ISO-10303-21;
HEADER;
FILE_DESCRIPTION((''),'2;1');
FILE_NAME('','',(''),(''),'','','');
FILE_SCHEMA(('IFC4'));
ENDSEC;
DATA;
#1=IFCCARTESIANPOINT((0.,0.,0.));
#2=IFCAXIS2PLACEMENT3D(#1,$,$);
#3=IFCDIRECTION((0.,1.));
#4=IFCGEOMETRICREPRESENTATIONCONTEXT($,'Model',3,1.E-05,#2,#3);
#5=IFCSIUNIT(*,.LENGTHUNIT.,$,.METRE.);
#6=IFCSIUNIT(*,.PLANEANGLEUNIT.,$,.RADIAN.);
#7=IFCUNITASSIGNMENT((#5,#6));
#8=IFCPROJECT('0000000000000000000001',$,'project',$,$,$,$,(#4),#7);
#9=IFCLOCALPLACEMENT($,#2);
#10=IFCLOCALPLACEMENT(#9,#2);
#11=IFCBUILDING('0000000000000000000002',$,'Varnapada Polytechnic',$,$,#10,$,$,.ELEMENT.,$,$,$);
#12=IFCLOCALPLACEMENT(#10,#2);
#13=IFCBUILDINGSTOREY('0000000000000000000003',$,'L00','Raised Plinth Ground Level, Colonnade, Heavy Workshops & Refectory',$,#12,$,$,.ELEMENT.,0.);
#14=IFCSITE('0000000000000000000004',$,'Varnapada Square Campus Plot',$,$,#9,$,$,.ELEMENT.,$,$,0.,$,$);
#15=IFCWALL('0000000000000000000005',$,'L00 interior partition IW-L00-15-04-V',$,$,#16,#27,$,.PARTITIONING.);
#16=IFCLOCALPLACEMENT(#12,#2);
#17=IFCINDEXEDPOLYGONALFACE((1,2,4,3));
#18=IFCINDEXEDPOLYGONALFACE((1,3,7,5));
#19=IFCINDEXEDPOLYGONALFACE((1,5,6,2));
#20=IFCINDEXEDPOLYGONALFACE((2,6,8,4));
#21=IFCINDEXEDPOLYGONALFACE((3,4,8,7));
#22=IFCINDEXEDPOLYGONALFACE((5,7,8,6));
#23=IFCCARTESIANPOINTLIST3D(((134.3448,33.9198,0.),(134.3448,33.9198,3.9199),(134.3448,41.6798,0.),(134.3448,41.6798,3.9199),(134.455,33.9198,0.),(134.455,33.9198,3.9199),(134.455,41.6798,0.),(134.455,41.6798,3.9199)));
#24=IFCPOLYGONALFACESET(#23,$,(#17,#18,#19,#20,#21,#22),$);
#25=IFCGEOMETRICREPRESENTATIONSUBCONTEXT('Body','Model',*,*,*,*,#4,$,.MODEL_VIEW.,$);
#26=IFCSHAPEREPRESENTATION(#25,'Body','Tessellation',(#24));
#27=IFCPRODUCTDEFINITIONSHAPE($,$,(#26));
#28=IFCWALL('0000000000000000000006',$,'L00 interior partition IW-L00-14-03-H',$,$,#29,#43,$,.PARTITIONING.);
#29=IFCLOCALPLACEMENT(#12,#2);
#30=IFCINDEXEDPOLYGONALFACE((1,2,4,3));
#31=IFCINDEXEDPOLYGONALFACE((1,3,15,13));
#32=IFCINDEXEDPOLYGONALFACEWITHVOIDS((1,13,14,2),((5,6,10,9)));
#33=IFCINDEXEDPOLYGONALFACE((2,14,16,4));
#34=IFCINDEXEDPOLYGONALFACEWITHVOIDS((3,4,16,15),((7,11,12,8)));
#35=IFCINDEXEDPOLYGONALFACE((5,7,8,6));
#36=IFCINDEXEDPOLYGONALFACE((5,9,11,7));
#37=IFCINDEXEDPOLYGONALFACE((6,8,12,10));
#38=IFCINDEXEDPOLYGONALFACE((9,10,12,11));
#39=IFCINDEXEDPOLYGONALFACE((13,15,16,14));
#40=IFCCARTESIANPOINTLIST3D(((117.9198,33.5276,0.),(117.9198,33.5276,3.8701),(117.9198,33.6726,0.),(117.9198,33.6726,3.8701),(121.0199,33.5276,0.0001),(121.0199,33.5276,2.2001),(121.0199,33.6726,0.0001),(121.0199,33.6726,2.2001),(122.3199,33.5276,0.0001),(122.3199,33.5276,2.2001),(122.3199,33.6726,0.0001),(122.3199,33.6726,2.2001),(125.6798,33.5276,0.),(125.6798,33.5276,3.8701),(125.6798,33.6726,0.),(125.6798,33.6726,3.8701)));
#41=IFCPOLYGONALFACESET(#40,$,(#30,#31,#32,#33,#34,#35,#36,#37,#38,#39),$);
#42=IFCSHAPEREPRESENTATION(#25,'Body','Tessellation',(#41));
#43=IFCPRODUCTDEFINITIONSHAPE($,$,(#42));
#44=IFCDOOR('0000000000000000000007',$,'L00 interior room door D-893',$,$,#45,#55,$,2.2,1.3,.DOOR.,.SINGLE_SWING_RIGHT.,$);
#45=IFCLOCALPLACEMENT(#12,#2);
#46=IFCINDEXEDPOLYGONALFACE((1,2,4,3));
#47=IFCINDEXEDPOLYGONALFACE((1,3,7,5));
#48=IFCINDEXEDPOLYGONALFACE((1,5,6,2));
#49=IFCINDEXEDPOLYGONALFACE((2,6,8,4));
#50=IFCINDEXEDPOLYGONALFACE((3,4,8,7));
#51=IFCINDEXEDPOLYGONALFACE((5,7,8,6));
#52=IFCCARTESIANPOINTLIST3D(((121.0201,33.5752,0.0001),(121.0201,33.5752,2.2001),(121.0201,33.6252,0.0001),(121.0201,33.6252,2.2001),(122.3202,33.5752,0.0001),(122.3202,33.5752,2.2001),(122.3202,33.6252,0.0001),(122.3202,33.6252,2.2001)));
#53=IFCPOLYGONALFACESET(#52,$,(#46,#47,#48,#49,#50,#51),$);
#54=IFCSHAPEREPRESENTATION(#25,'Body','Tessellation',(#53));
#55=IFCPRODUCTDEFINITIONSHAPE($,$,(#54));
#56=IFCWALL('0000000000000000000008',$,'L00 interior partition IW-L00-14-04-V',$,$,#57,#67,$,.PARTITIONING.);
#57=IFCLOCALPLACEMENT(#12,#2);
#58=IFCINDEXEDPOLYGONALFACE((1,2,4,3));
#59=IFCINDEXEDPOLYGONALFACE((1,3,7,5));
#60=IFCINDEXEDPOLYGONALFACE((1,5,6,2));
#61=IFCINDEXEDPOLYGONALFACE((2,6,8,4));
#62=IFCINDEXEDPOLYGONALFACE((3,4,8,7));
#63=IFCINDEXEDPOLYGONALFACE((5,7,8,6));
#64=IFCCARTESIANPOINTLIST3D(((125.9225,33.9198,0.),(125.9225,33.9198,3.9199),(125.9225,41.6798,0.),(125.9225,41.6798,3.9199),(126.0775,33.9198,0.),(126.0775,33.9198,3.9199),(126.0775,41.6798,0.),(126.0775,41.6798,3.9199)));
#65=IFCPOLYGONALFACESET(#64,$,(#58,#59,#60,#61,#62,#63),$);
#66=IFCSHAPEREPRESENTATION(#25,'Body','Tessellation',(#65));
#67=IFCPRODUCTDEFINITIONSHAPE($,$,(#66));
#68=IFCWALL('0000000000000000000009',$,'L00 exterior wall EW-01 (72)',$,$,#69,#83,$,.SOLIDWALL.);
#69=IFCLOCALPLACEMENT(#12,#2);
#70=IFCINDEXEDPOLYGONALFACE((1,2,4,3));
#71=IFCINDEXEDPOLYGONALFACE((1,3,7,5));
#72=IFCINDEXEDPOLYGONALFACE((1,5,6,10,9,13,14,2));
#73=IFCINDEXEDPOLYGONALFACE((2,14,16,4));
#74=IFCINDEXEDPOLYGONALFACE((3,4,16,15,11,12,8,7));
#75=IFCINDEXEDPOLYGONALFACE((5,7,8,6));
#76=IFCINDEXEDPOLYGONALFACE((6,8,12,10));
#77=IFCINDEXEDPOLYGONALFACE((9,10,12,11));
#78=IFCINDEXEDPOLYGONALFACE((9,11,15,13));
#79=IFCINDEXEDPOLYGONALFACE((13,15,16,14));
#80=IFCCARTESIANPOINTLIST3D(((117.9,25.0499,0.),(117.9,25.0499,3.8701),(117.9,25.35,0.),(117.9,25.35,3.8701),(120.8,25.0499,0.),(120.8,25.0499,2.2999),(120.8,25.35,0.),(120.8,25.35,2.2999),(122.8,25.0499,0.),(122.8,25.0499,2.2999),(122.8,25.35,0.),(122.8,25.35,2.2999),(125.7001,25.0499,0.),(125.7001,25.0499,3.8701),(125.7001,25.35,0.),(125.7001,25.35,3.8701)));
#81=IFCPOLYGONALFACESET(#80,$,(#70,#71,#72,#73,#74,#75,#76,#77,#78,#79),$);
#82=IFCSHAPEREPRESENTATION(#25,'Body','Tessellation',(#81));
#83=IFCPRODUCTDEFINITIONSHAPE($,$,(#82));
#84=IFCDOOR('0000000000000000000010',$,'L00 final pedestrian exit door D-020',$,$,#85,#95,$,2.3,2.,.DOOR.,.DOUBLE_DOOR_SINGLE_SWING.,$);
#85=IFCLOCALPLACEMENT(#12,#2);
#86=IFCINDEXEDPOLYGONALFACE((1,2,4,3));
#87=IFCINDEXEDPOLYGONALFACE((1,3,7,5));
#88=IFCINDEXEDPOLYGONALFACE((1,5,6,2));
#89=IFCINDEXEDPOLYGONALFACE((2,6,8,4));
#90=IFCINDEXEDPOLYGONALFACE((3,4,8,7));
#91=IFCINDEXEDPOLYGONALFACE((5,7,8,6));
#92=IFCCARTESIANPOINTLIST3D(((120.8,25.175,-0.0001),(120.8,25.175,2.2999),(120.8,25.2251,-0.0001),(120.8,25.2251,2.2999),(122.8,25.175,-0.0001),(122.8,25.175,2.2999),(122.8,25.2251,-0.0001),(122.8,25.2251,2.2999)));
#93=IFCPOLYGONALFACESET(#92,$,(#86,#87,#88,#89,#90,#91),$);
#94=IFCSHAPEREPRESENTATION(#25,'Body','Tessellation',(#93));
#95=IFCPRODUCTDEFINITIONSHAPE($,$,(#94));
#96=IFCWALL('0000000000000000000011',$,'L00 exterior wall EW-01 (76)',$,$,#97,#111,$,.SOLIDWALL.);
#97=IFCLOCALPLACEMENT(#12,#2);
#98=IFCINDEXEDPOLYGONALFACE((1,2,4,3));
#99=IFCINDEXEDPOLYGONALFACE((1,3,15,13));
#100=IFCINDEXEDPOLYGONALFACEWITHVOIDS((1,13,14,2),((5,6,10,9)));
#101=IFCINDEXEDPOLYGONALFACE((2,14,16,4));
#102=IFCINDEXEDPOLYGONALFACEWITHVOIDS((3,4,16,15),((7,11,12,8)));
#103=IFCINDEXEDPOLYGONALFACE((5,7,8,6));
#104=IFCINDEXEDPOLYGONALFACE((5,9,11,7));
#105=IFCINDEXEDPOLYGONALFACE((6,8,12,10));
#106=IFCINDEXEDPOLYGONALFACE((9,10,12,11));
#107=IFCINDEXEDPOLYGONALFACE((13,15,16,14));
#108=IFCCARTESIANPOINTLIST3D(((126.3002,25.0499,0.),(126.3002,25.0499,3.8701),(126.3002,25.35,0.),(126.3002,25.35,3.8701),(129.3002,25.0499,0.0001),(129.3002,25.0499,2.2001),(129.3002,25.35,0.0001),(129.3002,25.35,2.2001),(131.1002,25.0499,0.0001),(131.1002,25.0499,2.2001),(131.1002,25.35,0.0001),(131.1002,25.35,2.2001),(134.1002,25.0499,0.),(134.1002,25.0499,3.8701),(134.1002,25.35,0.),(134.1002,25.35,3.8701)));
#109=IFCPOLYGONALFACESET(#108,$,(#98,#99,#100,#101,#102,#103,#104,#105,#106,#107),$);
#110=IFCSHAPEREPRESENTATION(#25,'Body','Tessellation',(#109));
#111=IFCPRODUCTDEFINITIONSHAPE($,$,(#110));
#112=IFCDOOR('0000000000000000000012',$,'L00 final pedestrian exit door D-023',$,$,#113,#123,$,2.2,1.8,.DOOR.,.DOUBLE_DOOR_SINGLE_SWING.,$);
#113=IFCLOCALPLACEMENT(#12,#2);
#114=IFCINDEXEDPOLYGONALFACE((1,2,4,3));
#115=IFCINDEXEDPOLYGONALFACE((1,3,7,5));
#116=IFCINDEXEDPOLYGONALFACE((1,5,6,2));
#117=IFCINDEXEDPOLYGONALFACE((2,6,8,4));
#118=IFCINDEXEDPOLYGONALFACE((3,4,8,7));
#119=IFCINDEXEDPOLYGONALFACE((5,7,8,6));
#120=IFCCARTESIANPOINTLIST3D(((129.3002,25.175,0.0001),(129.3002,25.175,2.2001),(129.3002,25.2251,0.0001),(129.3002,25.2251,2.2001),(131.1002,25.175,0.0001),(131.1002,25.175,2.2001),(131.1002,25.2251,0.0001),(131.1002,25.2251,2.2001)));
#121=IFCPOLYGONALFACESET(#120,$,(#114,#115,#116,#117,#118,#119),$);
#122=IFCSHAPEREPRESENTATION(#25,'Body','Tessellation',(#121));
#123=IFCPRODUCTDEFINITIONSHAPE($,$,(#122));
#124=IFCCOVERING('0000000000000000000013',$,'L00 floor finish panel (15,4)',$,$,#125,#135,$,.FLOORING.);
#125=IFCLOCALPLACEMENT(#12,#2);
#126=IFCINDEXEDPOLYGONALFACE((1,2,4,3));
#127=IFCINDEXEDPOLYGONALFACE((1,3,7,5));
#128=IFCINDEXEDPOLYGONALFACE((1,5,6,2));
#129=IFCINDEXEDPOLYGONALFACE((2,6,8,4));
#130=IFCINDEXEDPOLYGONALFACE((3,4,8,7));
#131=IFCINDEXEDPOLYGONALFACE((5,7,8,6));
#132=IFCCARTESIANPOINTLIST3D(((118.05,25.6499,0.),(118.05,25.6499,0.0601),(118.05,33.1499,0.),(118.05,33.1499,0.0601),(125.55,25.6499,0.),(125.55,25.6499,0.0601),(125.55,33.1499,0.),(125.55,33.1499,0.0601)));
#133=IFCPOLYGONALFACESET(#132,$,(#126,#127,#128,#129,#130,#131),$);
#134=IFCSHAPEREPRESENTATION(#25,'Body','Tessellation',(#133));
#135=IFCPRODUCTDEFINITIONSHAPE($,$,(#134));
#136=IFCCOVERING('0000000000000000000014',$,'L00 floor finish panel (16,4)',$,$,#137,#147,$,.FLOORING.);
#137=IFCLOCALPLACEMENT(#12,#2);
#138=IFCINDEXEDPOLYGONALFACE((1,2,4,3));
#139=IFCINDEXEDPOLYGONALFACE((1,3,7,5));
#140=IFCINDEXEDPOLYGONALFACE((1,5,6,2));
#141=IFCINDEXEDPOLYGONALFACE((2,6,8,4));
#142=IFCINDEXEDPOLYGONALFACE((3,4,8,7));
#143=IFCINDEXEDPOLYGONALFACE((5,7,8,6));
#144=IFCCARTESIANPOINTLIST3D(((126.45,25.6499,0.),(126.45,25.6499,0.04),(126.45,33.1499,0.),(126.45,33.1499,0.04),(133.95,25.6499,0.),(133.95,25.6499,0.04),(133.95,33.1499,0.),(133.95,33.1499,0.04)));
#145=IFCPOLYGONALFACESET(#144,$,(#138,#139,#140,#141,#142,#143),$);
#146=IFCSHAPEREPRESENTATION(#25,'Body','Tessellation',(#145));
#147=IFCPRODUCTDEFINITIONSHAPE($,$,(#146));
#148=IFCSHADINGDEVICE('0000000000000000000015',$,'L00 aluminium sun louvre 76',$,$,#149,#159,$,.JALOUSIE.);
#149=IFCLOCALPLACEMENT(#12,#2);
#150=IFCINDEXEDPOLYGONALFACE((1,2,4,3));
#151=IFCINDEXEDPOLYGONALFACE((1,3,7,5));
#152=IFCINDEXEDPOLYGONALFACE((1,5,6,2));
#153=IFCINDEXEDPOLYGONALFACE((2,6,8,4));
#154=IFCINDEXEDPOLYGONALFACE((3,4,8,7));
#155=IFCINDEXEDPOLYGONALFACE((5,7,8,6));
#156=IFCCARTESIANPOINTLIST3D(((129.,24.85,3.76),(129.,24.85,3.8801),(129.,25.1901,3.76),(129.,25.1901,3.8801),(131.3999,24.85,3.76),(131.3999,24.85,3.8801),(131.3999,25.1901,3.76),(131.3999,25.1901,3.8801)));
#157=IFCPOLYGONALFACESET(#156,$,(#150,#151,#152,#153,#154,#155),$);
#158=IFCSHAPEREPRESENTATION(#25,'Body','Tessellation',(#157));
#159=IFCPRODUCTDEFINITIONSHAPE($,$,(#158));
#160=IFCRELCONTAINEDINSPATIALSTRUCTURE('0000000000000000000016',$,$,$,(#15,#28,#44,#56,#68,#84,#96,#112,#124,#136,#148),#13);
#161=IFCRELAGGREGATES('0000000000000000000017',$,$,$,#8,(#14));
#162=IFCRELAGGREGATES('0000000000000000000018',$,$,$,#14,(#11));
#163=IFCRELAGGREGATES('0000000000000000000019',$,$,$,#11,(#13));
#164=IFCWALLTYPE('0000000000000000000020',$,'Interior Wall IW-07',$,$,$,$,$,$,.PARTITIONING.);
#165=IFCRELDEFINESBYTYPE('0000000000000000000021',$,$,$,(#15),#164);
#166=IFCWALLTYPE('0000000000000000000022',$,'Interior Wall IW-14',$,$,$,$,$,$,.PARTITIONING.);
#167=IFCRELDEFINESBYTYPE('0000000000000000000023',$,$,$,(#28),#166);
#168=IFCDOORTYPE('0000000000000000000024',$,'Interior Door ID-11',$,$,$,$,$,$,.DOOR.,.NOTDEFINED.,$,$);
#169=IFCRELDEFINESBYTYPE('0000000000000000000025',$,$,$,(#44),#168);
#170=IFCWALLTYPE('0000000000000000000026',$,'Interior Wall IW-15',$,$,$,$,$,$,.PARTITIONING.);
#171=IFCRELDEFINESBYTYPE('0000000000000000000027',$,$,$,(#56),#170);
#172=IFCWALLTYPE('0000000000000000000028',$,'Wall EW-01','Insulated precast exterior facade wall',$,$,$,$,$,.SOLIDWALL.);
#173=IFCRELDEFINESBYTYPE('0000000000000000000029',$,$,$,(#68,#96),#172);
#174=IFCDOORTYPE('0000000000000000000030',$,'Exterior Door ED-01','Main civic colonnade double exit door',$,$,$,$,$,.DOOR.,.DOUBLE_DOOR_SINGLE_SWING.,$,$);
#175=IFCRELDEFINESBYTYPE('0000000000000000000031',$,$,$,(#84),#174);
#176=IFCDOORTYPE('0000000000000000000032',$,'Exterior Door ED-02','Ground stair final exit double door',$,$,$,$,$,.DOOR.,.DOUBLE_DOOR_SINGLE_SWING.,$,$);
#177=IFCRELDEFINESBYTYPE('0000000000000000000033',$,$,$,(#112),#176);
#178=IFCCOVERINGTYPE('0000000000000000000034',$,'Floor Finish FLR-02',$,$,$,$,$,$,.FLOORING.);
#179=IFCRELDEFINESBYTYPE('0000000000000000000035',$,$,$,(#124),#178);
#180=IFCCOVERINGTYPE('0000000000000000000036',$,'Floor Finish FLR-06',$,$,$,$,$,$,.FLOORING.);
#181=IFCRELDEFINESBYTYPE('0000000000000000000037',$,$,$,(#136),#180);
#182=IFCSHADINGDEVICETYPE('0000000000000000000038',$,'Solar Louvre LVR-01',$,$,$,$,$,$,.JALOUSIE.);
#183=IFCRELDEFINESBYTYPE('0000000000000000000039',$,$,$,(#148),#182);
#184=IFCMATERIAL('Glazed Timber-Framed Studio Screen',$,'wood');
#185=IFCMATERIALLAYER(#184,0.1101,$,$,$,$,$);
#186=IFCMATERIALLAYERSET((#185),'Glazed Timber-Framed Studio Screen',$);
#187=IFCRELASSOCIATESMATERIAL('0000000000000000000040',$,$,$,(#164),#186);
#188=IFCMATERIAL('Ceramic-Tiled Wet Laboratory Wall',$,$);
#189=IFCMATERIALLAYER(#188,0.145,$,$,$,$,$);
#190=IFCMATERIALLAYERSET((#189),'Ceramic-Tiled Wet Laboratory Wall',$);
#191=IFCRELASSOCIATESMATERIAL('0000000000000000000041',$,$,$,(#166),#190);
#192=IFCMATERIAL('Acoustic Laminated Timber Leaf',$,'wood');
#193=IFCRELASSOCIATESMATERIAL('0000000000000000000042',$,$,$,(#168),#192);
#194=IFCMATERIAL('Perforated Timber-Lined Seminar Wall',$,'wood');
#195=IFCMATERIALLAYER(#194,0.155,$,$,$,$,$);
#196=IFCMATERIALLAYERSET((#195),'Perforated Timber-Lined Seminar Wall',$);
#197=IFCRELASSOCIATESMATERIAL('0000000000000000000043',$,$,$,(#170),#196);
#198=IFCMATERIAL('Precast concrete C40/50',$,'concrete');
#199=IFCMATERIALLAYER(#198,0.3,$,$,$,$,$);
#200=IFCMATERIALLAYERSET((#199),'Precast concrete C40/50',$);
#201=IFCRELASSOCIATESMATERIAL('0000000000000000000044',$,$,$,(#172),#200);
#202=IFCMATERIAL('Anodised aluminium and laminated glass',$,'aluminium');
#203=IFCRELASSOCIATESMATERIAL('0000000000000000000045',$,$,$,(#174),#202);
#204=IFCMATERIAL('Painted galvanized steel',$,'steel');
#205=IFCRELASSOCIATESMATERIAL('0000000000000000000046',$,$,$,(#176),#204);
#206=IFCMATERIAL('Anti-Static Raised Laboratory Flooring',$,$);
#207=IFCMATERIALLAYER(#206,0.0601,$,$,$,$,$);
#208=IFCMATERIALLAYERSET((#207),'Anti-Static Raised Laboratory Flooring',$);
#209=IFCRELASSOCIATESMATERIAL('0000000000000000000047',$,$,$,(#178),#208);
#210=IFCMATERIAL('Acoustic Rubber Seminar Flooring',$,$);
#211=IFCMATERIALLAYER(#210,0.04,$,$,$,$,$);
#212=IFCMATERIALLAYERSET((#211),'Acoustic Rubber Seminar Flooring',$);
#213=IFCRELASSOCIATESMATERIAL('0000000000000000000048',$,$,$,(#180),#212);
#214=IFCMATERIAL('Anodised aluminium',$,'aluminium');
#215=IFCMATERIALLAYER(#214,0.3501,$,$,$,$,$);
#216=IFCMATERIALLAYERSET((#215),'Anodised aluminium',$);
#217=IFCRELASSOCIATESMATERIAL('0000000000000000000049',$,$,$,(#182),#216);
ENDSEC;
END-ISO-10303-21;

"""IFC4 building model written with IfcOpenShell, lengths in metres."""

from ifc_helpers import new_model, si_unit, direction, frame, frame_2d, origin, origin_2d, place, context, subcontext, project, spatial, rectangle, extrude, material, layer, layer_set, type_object, element, fill, save


model = new_model("IFC4")

# Units and contexts
model_context = context("Model", 3, precision=1e-05, world=origin(), true_north=direction((0.0, 1.0)))
body_context = subcontext(model_context, "Body", "Model", "MODEL_VIEW")
ifc_project = project(units=[si_unit("LENGTHUNIT", "METRE"), si_unit("PLANEANGLEUNIT", "RADIAN")], contexts=[model_context])

# Site, building, storey
site_placement = place(None, origin())
site = spatial("IfcSite", under=ifc_project, at=site_placement, Name="Varnapada Square Campus Plot", CompositionType="ELEMENT", RefElevation=0.0)
building_placement = place(site_placement, origin())
building = spatial("IfcBuilding", under=site, at=building_placement, Name="Varnapada Polytechnic", CompositionType="ELEMENT")
storey_placement = place(building_placement, origin())
storey = spatial("IfcBuildingStorey", under=building, at=storey_placement, Name="L00", Description="Raised Plinth Ground Level, Colonnade, Heavy Workshops & Refectory", CompositionType="ELEMENT", Elevation=0.0)

# Wall
ifc_material_1 = material(Name="Glazed Timber-Framed Studio Screen", Category="wood")
ifc_layer_1 = layer(ifc_material_1, 0.1101)
ifc_layer_set_1 = layer_set([ifc_layer_1], Name="Glazed Timber-Framed Studio Screen")
wall_type_1 = type_object("IfcWallType", Name="Interior Wall IW-07", PredefinedType="PARTITIONING", material=ifc_layer_set_1)
wall_1_placement = place(storey_placement, frame((134.3999, 33.9199, 0.0), z_axis=(0.0, 0.0, 1.0), x_axis=(0.0, 1.0, 0.0)))
element("IfcWall", 1, at=wall_1_placement, inside=storey, type_object=wall_type_1, Name="L00 interior partition IW-L00-15-04-V", PredefinedType="PARTITIONING", context=body_context, shape_type="SweptSolid", body=[
    extrude(rectangle(XDim=7.76, YDim=0.1101, at=frame_2d((3.8799, 0.0))), origin(), (0.0, 0.0, 1.0), 3.9199),
])

# Wall, opening, door
ifc_material_2 = material(Name="Ceramic-Tiled Wet Laboratory Wall")
ifc_layer_2 = layer(ifc_material_2, 0.145)
ifc_layer_set_2 = layer_set([ifc_layer_2], Name="Ceramic-Tiled Wet Laboratory Wall")
wall_type_2 = type_object("IfcWallType", Name="Interior Wall IW-14", PredefinedType="PARTITIONING", material=ifc_layer_set_2)
wall_2_placement = place(storey_placement, frame((117.9199, 33.6001, 0.0), z_axis=(0.0, 0.0, 1.0), x_axis=(1.0, 0.0, 0.0)))
wall_2 = element("IfcWall", 2, at=wall_2_placement, inside=storey, type_object=wall_type_2, Name="L00 interior partition IW-L00-14-03-H", PredefinedType="PARTITIONING", context=body_context, shape_type="SweptSolid", body=[
    extrude(rectangle(XDim=7.76, YDim=0.145, at=frame_2d((3.8799, 0.0))), origin(), (0.0, 0.0, 1.0), 3.8701),
])
opening_1_placement = place(wall_2_placement, frame((3.1001, 0.0, 0.0)))
opening_1 = element("IfcOpeningElement", 3, at=opening_1_placement, cuts=wall_2, PredefinedType="OPENING", context=body_context, shape_type="SweptSolid", body=[
    extrude(rectangle(XDim=1.3, YDim=2.2, at=frame_2d((0.6499, 1.1001))), frame((0.0, 0.0825, 0.0), z_axis=(0.0, -1.0, 0.0), x_axis=(1.0, 0.0, 0.0)), (0.0, 0.0, 1.0), 0.165),
])
ifc_material_3 = material(Name="Acoustic Laminated Timber Leaf", Category="wood")
door_type_1 = type_object("IfcDoorType", Name="Interior Door ID-11", OperationType="NOTDEFINED", PredefinedType="DOOR", material=ifc_material_3)
door_1_placement = place(opening_1_placement, frame((1.3, 0.0, 0.0), z_axis=(0.0, 0.0, 1.0), x_axis=(-1.0, 0.0, 0.0)))
door_1 = element("IfcDoor", 4, at=door_1_placement, inside=storey, type_object=door_type_1, Name="L00 interior room door D-893", OperationType="SINGLE_SWING_RIGHT", OverallHeight=2.2, OverallWidth=1.3, PredefinedType="DOOR", context=body_context, shape_type="SweptSolid", body=[
    extrude(rectangle(XDim=1.3, YDim=2.2, at=frame_2d((0.6499, 1.1001))), frame((0.0, 0.0249, 0.0), z_axis=(0.0, -1.0, 0.0), x_axis=(1.0, 0.0, 0.0)), (0.0, 0.0, 1.0), 0.05),
])
fill(opening_1, door_1)

# Wall
ifc_material_4 = material(Name="Perforated Timber-Lined Seminar Wall", Category="wood")
ifc_layer_3 = layer(ifc_material_4, 0.155)
ifc_layer_set_3 = layer_set([ifc_layer_3], Name="Perforated Timber-Lined Seminar Wall")
wall_type_3 = type_object("IfcWallType", Name="Interior Wall IW-15", PredefinedType="PARTITIONING", material=ifc_layer_set_3)
wall_3_placement = place(storey_placement, frame((126.0, 33.9199, 0.0), z_axis=(0.0, 0.0, 1.0), x_axis=(0.0, 1.0, 0.0)))
element("IfcWall", 5, at=wall_3_placement, inside=storey, type_object=wall_type_3, Name="L00 interior partition IW-L00-14-04-V", PredefinedType="PARTITIONING", context=body_context, shape_type="SweptSolid", body=[
    extrude(rectangle(XDim=7.76, YDim=0.155, at=frame_2d((3.8799, 0.0))), origin(), (0.0, 0.0, 1.0), 3.9199),
])

# Walls, openings, doors
ifc_material_5 = material(Name="Precast concrete C40/50", Category="concrete")
ifc_layer_4 = layer(ifc_material_5, 0.3)
ifc_layer_set_4 = layer_set([ifc_layer_4], Name="Precast concrete C40/50")
wall_type_4 = type_object("IfcWallType", Name="Wall EW-01", Description="Insulated precast exterior facade wall", PredefinedType="SOLIDWALL", material=ifc_layer_set_4)
wall_4_placement = place(storey_placement, frame((125.7, 25.2, 0.0), z_axis=(0.0, 0.0, 1.0), x_axis=(-1.0, 0.0, 0.0)))
wall_4 = element("IfcWall", 6, at=wall_4_placement, inside=storey, type_object=wall_type_4, Name="L00 exterior wall EW-01 (72)", PredefinedType="SOLIDWALL", context=body_context, shape_type="SweptSolid", body=[
    extrude(rectangle(XDim=7.8, YDim=0.3, at=frame_2d((3.8999, 0.0))), origin(), (0.0, 0.0, 1.0), 3.8701),
])
opening_2_placement = place(wall_4_placement, frame((2.8999, 0.0, 0.0)))
opening_2 = element("IfcOpeningElement", 7, at=opening_2_placement, cuts=wall_4, PredefinedType="OPENING", context=body_context, shape_type="SweptSolid", body=[
    extrude(rectangle(XDim=2.0, YDim=2.3, at=frame_2d((1.0, 1.1499))), frame((0.0, 0.1599, 0.0), z_axis=(0.0, -1.0, 0.0), x_axis=(1.0, 0.0, 0.0)), (0.0, 0.0, 1.0), 0.3201),
])
ifc_material_6 = material(Name="Anodised aluminium and laminated glass", Category="aluminium")
door_type_2 = type_object("IfcDoorType", Name="Exterior Door ED-01", Description="Main civic colonnade double exit door", OperationType="DOUBLE_DOOR_SINGLE_SWING", PredefinedType="DOOR", material=ifc_material_6)
door_2_placement = place(opening_2_placement, origin())
door_2 = element("IfcDoor", 8, at=door_2_placement, inside=storey, type_object=door_type_2, Name="L00 final pedestrian exit door D-020", OperationType="DOUBLE_DOOR_SINGLE_SWING", OverallHeight=2.3, OverallWidth=2.0, PredefinedType="DOOR", context=body_context, shape_type="SweptSolid", body=[
    extrude(rectangle(XDim=2.0, YDim=2.3, at=frame_2d((1.0, 1.1499))), frame((0.0, 0.0249, 0.0), z_axis=(0.0, -1.0, 0.0), x_axis=(1.0, 0.0, 0.0)), (0.0, 0.0, 1.0), 0.05),
])
fill(opening_2, door_2)
wall_5_placement = place(storey_placement, frame((134.1001, 25.2, 0.0), z_axis=(0.0, 0.0, 1.0), x_axis=(-1.0, 0.0, 0.0)))
wall_5 = element("IfcWall", 9, at=wall_5_placement, inside=storey, type_object=wall_type_4, Name="L00 exterior wall EW-01 (76)", PredefinedType="SOLIDWALL", context=body_context, shape_type="SweptSolid", body=[
    extrude(rectangle(XDim=7.8, YDim=0.3, at=frame_2d((3.8999, 0.0))), origin(), (0.0, 0.0, 1.0), 3.8701),
])
opening_3_placement = place(wall_5_placement, frame((3.0, 0.0, 0.0)))
opening_3 = element("IfcOpeningElement", 10, at=opening_3_placement, cuts=wall_5, PredefinedType="OPENING", context=body_context, shape_type="SweptSolid", body=[
    extrude(rectangle(XDim=1.8, YDim=2.2, at=frame_2d((0.8999, 1.1001))), frame((0.0, 0.1599, 0.0), z_axis=(0.0, -1.0, 0.0), x_axis=(1.0, 0.0, 0.0)), (0.0, 0.0, 1.0), 0.3201),
])
ifc_material_7 = material(Name="Painted galvanized steel", Category="steel")
door_type_3 = type_object("IfcDoorType", Name="Exterior Door ED-02", Description="Ground stair final exit double door", OperationType="DOUBLE_DOOR_SINGLE_SWING", PredefinedType="DOOR", material=ifc_material_7)
door_3_placement = place(opening_3_placement, origin())
door_3 = element("IfcDoor", 11, at=door_3_placement, inside=storey, type_object=door_type_3, Name="L00 final pedestrian exit door D-023", OperationType="DOUBLE_DOOR_SINGLE_SWING", OverallHeight=2.2, OverallWidth=1.8, PredefinedType="DOOR", context=body_context, shape_type="SweptSolid", body=[
    extrude(rectangle(XDim=1.8, YDim=2.2, at=frame_2d((0.8999, 1.1001))), frame((0.0, 0.0249, 0.0), z_axis=(0.0, -1.0, 0.0), x_axis=(1.0, 0.0, 0.0)), (0.0, 0.0, 1.0), 0.05),
])
fill(opening_3, door_3)

# Coverings
ifc_material_8 = material(Name="Anti-Static Raised Laboratory Flooring")
ifc_layer_5 = layer(ifc_material_8, 0.0601)
ifc_layer_set_5 = layer_set([ifc_layer_5], Name="Anti-Static Raised Laboratory Flooring")
covering_type_1 = type_object("IfcCoveringType", Name="Floor Finish FLR-02", PredefinedType="FLOORING", material=ifc_layer_set_5)
covering_1_placement = place(storey_placement, frame((121.8, 29.3999, 0.0), z_axis=(0.0, 0.0, 1.0), x_axis=(1.0, 0.0, 0.0)))
element("IfcCovering", 12, at=covering_1_placement, inside=storey, type_object=covering_type_1, Name="L00 floor finish panel (15,4)", PredefinedType="FLOORING", context=body_context, shape_type="SweptSolid", body=[
    extrude(rectangle(XDim=7.5, YDim=7.5, at=origin_2d()), origin(), (0.0, 0.0, 1.0), 0.0601),
])
ifc_material_9 = material(Name="Acoustic Rubber Seminar Flooring")
ifc_layer_6 = layer(ifc_material_9, 0.04)
ifc_layer_set_6 = layer_set([ifc_layer_6], Name="Acoustic Rubber Seminar Flooring")
covering_type_2 = type_object("IfcCoveringType", Name="Floor Finish FLR-06", PredefinedType="FLOORING", material=ifc_layer_set_6)
covering_2_placement = place(storey_placement, frame((130.2, 29.3999, 0.0), z_axis=(0.0, 0.0, 1.0), x_axis=(1.0, 0.0, 0.0)))
element("IfcCovering", 13, at=covering_2_placement, inside=storey, type_object=covering_type_2, Name="L00 floor finish panel (16,4)", PredefinedType="FLOORING", context=body_context, shape_type="SweptSolid", body=[
    extrude(rectangle(XDim=7.5, YDim=7.5, at=origin_2d()), origin(), (0.0, 0.0, 1.0), 0.04),
])

# Shading device
ifc_material_10 = material(Name="Anodised aluminium", Category="aluminium")
ifc_layer_7 = layer(ifc_material_10, 0.3501)
ifc_layer_set_7 = layer_set([ifc_layer_7], Name="Anodised aluminium")
shading_device_type = type_object("IfcShadingDeviceType", Name="Solar Louvre LVR-01", PredefinedType="JALOUSIE", material=ifc_layer_set_7)
shading_device_placement = place(storey_placement, frame((130.2, 25.02, 3.76), z_axis=(0.0, 0.0, 1.0), x_axis=(-1.0, 0.0, 0.0)))
element("IfcShadingDevice", 14, at=shading_device_placement, inside=storey, type_object=shading_device_type, Name="L00 aluminium sun louvre 76", PredefinedType="JALOUSIE", context=body_context, shape_type="SweptSolid", body=[
    extrude(rectangle(XDim=2.3999, YDim=0.3401, at=origin_2d()), origin(), (0.0, 0.0, 1.0), 0.1201),
])

save(model, "model.ifc")
